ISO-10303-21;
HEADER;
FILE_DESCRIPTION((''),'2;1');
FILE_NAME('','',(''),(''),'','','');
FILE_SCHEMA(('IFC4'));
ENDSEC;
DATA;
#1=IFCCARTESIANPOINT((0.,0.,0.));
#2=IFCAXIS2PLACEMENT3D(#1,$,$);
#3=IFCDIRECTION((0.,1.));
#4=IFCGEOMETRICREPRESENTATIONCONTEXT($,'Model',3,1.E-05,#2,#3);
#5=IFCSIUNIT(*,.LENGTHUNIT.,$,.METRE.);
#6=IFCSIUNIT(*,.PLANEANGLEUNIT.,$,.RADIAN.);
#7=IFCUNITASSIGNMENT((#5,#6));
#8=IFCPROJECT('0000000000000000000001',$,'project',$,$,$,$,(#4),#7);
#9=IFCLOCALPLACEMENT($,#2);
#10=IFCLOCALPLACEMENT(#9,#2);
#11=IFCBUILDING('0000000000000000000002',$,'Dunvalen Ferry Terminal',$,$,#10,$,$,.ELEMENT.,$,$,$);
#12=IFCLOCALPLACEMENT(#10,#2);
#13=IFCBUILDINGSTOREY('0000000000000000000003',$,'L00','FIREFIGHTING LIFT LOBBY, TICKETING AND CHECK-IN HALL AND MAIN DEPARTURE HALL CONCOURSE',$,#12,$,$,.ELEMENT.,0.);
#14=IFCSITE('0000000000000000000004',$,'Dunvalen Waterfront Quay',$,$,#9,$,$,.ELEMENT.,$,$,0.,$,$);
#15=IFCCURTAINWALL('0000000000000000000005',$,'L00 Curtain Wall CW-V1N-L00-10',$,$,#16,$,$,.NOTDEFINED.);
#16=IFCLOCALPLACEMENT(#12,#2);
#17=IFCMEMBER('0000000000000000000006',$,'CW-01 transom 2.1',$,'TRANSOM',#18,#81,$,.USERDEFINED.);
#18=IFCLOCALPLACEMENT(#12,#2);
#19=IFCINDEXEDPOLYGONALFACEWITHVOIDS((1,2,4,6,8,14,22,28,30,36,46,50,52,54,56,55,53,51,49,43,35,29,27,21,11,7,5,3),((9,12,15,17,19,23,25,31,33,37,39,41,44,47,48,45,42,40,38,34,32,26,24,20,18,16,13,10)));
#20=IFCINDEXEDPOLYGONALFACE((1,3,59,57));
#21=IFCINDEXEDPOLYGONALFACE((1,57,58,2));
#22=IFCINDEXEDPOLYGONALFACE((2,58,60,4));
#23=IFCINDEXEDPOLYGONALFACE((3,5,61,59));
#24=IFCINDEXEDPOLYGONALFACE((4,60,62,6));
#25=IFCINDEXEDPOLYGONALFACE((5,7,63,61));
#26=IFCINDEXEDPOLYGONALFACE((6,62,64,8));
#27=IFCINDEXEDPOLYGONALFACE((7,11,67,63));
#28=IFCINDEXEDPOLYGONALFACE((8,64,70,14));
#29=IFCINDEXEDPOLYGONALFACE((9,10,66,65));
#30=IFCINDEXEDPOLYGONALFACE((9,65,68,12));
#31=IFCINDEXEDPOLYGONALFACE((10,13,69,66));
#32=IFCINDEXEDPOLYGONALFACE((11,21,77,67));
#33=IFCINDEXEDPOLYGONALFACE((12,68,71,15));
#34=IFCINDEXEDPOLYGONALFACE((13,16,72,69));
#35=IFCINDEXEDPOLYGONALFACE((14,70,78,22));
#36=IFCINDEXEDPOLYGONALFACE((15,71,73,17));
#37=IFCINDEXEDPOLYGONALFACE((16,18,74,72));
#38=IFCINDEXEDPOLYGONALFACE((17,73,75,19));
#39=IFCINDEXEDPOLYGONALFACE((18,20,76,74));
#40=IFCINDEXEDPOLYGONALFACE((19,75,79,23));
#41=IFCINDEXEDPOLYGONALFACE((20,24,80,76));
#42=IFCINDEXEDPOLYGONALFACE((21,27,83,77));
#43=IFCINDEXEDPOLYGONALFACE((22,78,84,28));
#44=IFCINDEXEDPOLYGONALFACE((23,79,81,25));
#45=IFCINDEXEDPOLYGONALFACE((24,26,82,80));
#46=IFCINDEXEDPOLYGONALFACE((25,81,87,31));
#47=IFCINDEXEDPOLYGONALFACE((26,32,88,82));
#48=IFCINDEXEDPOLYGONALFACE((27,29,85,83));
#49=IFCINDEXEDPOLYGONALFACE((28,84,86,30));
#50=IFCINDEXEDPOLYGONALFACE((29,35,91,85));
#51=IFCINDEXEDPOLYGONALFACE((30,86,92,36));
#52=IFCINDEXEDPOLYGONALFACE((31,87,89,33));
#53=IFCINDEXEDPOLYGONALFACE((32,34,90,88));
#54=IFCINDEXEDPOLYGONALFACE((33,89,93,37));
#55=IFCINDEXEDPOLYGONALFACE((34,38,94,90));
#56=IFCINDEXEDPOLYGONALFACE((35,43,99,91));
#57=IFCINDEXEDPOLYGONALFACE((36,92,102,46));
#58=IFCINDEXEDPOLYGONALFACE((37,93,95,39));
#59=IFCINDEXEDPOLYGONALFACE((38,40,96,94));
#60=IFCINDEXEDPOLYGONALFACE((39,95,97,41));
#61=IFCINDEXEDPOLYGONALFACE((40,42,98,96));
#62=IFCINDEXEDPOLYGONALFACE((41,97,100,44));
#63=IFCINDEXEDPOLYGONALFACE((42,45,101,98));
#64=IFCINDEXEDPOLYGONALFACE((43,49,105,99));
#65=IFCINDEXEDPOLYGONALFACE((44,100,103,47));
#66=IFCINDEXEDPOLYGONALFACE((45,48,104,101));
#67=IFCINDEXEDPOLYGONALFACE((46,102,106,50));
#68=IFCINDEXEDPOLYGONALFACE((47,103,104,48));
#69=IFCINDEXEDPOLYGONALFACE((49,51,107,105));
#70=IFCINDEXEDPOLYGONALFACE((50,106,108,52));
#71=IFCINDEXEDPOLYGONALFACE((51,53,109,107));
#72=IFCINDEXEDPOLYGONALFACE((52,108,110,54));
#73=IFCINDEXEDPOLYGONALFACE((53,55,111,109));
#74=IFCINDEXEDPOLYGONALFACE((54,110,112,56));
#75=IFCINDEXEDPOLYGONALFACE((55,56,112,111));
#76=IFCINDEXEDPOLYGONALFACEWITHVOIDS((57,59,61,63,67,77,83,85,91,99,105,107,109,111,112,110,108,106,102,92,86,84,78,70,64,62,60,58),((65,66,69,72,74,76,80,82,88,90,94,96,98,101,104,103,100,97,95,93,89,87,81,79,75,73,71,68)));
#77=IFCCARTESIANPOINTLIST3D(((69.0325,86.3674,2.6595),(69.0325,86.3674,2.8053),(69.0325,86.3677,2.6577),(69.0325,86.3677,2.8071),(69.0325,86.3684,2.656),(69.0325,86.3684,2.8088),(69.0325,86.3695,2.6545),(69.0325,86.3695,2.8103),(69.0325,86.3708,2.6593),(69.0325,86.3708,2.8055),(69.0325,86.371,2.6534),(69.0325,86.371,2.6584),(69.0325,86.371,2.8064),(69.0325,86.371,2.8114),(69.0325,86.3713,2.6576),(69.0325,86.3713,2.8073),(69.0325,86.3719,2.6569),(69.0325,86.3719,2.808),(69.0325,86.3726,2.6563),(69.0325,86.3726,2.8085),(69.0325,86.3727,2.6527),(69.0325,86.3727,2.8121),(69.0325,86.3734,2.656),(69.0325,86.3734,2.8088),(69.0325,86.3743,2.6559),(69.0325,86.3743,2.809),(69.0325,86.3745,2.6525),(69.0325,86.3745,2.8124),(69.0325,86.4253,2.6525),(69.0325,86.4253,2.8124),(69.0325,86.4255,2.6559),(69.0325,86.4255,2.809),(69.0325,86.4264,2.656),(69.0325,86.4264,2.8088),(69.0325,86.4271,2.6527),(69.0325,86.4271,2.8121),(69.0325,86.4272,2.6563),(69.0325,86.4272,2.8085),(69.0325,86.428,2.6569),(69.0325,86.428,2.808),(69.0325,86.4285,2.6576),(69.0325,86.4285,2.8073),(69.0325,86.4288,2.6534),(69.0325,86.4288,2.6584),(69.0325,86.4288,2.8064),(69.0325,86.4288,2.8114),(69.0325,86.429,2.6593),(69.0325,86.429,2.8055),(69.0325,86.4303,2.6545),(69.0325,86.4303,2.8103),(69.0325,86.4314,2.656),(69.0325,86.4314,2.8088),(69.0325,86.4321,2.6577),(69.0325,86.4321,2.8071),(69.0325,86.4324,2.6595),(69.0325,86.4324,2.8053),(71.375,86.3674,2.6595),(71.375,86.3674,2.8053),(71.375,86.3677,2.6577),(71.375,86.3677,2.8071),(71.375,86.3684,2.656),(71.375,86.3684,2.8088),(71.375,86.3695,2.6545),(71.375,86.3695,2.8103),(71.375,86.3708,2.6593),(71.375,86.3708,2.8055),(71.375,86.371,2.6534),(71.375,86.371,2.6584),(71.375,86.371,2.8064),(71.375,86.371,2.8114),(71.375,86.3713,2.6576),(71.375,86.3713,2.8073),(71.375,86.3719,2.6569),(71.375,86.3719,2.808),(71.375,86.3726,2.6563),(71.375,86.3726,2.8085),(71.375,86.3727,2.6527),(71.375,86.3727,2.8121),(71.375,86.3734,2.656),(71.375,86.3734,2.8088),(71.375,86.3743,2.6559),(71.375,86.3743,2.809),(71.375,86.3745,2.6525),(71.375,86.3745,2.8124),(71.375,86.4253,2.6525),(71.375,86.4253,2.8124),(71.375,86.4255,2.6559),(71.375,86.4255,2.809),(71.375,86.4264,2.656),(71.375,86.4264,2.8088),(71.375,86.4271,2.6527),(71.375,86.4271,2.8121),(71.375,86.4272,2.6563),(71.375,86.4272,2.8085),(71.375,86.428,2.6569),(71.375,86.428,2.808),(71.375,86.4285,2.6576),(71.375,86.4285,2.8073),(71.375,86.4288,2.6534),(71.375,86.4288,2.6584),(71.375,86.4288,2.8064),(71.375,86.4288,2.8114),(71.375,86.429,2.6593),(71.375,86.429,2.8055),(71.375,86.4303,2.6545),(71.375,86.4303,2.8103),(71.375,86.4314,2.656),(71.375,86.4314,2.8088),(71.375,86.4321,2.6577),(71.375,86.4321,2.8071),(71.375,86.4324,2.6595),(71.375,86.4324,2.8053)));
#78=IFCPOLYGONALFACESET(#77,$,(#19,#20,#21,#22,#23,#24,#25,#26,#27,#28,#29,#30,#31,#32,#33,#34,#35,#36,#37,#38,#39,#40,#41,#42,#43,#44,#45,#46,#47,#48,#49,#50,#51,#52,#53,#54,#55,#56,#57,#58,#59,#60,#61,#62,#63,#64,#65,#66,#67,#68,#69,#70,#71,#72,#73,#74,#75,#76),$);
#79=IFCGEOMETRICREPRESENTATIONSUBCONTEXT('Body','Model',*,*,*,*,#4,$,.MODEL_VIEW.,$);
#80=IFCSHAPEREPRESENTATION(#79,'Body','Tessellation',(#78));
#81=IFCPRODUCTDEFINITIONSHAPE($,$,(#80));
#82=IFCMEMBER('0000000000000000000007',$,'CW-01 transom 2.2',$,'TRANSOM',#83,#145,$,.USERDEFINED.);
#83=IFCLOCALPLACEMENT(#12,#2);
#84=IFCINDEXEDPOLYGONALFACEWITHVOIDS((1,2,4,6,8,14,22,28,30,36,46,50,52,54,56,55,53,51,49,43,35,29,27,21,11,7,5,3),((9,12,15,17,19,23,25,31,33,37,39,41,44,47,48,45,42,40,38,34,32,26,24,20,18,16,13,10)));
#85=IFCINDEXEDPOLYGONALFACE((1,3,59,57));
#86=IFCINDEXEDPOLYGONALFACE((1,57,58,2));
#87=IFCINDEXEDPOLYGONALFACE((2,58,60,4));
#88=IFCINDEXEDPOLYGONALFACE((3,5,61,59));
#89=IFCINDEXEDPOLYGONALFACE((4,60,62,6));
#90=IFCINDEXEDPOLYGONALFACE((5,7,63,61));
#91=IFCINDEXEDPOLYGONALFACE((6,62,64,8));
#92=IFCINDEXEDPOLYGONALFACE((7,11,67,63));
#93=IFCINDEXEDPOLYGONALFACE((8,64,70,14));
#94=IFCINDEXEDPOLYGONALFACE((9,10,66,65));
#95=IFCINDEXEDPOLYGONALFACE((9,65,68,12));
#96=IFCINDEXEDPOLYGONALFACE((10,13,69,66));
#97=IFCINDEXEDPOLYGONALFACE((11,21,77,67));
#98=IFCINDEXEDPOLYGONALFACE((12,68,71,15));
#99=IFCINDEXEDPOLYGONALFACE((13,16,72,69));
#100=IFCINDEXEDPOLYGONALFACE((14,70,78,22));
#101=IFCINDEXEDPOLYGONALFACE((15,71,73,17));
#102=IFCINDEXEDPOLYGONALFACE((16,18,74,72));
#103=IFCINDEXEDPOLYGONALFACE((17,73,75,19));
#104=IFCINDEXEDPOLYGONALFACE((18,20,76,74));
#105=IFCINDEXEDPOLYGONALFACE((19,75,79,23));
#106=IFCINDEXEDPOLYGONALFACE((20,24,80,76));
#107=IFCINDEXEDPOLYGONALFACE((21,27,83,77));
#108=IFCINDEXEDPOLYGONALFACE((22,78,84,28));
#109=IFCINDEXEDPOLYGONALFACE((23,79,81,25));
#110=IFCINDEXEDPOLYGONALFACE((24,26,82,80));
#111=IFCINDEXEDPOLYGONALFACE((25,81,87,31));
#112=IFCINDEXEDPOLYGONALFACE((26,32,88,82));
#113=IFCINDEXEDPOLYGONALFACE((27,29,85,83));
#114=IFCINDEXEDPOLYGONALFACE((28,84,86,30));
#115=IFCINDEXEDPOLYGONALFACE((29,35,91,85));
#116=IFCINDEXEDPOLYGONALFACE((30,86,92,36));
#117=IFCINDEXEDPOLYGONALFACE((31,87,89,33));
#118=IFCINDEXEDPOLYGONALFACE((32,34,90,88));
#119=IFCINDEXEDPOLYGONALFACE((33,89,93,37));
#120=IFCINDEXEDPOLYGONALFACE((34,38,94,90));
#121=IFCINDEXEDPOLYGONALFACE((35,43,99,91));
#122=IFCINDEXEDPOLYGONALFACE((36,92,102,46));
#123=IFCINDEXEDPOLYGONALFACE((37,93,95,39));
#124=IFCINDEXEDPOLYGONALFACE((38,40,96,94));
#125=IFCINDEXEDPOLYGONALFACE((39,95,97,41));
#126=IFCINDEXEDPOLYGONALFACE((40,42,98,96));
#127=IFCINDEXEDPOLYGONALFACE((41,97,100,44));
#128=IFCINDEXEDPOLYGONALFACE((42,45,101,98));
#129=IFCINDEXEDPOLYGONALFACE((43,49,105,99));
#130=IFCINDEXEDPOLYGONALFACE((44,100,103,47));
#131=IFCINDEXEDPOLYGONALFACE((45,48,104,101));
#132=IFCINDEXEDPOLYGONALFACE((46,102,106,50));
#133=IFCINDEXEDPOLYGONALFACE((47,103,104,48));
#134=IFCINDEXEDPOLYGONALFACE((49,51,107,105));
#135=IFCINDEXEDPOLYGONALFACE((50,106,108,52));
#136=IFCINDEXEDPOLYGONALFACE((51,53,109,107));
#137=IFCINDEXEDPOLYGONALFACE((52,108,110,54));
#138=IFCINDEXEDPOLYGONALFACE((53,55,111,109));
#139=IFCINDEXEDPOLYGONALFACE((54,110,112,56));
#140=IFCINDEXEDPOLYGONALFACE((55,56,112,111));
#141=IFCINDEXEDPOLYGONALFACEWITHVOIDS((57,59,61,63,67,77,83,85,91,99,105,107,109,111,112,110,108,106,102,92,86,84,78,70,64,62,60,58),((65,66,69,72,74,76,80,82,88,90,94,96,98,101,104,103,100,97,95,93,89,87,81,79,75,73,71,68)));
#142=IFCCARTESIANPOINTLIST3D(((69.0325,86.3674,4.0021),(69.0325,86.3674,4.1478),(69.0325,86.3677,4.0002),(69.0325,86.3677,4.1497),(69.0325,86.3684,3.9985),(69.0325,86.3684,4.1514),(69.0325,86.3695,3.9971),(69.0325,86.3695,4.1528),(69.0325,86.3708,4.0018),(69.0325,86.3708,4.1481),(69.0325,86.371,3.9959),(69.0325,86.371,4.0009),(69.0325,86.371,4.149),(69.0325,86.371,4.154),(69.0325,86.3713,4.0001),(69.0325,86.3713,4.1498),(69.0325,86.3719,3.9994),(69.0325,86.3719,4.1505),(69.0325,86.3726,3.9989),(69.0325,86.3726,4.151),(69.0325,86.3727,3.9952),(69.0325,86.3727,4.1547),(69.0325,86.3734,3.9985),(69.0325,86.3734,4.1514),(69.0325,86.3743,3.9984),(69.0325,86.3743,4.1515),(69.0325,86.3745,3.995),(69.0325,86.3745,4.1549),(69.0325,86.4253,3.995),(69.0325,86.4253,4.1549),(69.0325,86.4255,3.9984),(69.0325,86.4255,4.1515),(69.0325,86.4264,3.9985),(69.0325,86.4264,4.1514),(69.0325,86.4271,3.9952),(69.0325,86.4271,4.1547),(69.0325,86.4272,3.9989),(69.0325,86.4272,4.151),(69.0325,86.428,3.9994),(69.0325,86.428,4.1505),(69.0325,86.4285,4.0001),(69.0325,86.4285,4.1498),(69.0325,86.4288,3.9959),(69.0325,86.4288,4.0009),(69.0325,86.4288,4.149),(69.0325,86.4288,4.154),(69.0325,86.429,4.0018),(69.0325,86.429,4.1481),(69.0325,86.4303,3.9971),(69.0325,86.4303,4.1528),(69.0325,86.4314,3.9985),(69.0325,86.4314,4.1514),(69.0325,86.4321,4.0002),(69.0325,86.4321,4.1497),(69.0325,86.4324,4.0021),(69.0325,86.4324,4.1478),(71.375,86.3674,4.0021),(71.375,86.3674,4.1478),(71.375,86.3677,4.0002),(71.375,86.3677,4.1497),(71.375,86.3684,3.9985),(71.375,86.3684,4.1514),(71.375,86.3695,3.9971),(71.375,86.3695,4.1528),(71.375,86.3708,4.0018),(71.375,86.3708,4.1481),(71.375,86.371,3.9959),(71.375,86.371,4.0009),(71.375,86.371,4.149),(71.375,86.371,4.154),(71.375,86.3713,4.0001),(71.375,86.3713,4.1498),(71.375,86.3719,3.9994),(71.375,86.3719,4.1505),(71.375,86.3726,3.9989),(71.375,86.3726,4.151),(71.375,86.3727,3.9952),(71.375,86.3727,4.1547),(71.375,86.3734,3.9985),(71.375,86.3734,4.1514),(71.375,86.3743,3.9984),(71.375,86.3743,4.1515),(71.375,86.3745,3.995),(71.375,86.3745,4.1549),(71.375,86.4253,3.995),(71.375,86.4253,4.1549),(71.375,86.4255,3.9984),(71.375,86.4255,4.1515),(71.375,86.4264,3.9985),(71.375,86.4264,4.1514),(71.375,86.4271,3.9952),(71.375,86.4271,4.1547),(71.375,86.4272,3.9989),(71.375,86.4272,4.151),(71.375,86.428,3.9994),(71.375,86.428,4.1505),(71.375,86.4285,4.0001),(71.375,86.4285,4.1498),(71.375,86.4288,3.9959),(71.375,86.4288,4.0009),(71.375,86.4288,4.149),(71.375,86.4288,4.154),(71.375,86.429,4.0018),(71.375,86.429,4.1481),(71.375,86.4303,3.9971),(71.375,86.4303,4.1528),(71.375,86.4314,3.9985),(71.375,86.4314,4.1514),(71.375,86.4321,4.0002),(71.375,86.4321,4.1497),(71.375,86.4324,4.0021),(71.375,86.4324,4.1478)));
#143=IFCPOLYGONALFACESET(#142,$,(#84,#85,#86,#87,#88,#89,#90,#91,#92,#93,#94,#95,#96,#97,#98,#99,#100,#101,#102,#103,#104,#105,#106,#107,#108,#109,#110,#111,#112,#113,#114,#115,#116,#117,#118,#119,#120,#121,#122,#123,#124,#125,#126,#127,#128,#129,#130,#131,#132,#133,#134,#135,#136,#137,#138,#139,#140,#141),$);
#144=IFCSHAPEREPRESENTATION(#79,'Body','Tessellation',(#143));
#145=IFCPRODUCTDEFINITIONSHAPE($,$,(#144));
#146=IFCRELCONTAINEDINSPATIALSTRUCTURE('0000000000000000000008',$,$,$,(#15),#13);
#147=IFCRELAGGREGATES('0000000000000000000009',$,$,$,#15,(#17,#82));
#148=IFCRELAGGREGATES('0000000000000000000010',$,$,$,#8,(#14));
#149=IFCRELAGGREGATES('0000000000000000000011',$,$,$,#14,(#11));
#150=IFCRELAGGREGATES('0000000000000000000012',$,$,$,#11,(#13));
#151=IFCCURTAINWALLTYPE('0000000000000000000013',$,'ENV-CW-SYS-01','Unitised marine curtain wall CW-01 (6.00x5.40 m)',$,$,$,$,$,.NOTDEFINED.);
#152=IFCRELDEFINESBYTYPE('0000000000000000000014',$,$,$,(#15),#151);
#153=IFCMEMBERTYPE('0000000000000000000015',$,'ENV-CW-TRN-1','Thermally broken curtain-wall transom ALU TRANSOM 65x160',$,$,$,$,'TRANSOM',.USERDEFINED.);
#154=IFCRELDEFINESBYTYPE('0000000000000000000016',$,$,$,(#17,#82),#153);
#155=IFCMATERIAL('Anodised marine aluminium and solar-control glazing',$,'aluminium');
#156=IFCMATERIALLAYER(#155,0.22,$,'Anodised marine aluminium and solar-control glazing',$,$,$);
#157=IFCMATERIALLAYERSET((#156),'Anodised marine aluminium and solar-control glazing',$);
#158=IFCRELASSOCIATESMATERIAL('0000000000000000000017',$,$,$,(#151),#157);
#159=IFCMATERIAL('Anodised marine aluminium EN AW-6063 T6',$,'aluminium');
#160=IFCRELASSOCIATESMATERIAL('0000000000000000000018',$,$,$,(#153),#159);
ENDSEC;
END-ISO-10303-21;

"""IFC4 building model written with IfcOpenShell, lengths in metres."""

from ifc_helpers import new_model, si_unit, direction, frame, origin, origin_2d, place, context, subcontext, project, spatial, hollow_rectangle, extrude, material, layer, layer_set, material_profile, profile_set, type_object, element, aggregate, save


model = new_model("IFC4")

# Units and contexts
model_context = context("Model", 3, precision=1e-05, world=origin(), true_north=direction((0.0, 1.0)))
body_context = subcontext(model_context, "Body", "Model", "MODEL_VIEW")
ifc_project = project(units=[si_unit("LENGTHUNIT", "METRE"), si_unit("PLANEANGLEUNIT", "RADIAN")], contexts=[model_context])

# Site, building, storey
site_placement = place(None, origin())
site = spatial("IfcSite", under=ifc_project, at=site_placement, Name="Dunvalen Waterfront Quay", CompositionType="ELEMENT", RefElevation=0.0)
building_placement = place(site_placement, origin())
building = spatial("IfcBuilding", under=site, at=building_placement, Name="Dunvalen Ferry Terminal", CompositionType="ELEMENT")
storey_placement = place(building_placement, origin())
storey = spatial("IfcBuildingStorey", under=building, at=storey_placement, Name="L00", Description="FIREFIGHTING LIFT LOBBY, TICKETING AND CHECK-IN HALL AND MAIN DEPARTURE HALL CONCOURSE", CompositionType="ELEMENT", Elevation=0.0)

# Curtain wall
ifc_material_1 = material(Name="Anodised marine aluminium and solar-control glazing", Category="aluminium")
ifc_layer_1 = layer(ifc_material_1, 0.22, Name="Anodised marine aluminium and solar-control glazing")
ifc_layer_set_1 = layer_set([ifc_layer_1], Name="Anodised marine aluminium and solar-control glazing")
curtain_wall_type = type_object("IfcCurtainWallType", Name="ENV-CW-SYS-01", Description="Unitised marine curtain wall CW-01 (6.00x5.40 m)", PredefinedType="NOTDEFINED", material=ifc_layer_set_1)
curtain_wall_1_placement = place(storey_placement, origin())
curtain_wall_1 = element("IfcCurtainWall", 1, at=curtain_wall_1_placement, inside=storey, type_object=curtain_wall_type, Name="L00 Curtain Wall CW-V1N-L00-10", PredefinedType="NOTDEFINED")
ifc_material_2 = material(Name="Anodised marine aluminium EN AW-6063 T6", Category="aluminium")

# Members
ifc_material_profile_1 = material_profile(ifc_material_2, hollow_rectangle(XDim=0.0649, YDim=0.1599, WallThickness=0.0034, InnerFilletRadius=0.0034, OuterFilletRadius=0.0071, at=origin_2d()), Name="Anodised marine aluminium EN AW-6063 T6")
ifc_profile_set_1 = profile_set([ifc_material_profile_1], Name="Anodised marine aluminium EN AW-6063 T6")
member_type_1 = type_object("IfcMemberType", Name="ENV-CW-TRN-1", Description="Thermally broken curtain-wall transom ALU TRANSOM 65x160", ElementType="TRANSOM", PredefinedType="USERDEFINED", material=ifc_profile_set_1)
member_1_placement = place(storey_placement, frame((69.0325, 86.3999, 2.7324), z_axis=(1.0, 0.0, 0.0), x_axis=(0.0, 1.0, 0.0)))
member_1 = element("IfcMember", 2, at=member_1_placement, type_object=member_type_1, Name="CW-01 transom 2.1", ObjectType="TRANSOM", PredefinedType="USERDEFINED", context=body_context, shape_type="SweptSolid", body=[
    extrude(hollow_rectangle(XDim=0.0649, YDim=0.1599, WallThickness=0.0034, InnerFilletRadius=0.0034, OuterFilletRadius=0.0071, at=origin_2d()), origin(), (0.0, 0.0, 1.0), 2.3425),
])
member_2_placement = place(storey_placement, frame((69.0325, 86.3999, 4.075), z_axis=(1.0, 0.0, 0.0), x_axis=(0.0, 1.0, 0.0)))
member_2 = element("IfcMember", 3, at=member_2_placement, type_object=member_type_1, Name="CW-01 transom 2.2", ObjectType="TRANSOM", PredefinedType="USERDEFINED", context=body_context, shape_type="SweptSolid", body=[
    extrude(hollow_rectangle(XDim=0.0649, YDim=0.1599, WallThickness=0.0034, InnerFilletRadius=0.0034, OuterFilletRadius=0.0071, at=origin_2d()), origin(), (0.0, 0.0, 1.0), 2.3425),
])

aggregate(curtain_wall_1, [member_1, member_2])

save(model, "model.ifc")
